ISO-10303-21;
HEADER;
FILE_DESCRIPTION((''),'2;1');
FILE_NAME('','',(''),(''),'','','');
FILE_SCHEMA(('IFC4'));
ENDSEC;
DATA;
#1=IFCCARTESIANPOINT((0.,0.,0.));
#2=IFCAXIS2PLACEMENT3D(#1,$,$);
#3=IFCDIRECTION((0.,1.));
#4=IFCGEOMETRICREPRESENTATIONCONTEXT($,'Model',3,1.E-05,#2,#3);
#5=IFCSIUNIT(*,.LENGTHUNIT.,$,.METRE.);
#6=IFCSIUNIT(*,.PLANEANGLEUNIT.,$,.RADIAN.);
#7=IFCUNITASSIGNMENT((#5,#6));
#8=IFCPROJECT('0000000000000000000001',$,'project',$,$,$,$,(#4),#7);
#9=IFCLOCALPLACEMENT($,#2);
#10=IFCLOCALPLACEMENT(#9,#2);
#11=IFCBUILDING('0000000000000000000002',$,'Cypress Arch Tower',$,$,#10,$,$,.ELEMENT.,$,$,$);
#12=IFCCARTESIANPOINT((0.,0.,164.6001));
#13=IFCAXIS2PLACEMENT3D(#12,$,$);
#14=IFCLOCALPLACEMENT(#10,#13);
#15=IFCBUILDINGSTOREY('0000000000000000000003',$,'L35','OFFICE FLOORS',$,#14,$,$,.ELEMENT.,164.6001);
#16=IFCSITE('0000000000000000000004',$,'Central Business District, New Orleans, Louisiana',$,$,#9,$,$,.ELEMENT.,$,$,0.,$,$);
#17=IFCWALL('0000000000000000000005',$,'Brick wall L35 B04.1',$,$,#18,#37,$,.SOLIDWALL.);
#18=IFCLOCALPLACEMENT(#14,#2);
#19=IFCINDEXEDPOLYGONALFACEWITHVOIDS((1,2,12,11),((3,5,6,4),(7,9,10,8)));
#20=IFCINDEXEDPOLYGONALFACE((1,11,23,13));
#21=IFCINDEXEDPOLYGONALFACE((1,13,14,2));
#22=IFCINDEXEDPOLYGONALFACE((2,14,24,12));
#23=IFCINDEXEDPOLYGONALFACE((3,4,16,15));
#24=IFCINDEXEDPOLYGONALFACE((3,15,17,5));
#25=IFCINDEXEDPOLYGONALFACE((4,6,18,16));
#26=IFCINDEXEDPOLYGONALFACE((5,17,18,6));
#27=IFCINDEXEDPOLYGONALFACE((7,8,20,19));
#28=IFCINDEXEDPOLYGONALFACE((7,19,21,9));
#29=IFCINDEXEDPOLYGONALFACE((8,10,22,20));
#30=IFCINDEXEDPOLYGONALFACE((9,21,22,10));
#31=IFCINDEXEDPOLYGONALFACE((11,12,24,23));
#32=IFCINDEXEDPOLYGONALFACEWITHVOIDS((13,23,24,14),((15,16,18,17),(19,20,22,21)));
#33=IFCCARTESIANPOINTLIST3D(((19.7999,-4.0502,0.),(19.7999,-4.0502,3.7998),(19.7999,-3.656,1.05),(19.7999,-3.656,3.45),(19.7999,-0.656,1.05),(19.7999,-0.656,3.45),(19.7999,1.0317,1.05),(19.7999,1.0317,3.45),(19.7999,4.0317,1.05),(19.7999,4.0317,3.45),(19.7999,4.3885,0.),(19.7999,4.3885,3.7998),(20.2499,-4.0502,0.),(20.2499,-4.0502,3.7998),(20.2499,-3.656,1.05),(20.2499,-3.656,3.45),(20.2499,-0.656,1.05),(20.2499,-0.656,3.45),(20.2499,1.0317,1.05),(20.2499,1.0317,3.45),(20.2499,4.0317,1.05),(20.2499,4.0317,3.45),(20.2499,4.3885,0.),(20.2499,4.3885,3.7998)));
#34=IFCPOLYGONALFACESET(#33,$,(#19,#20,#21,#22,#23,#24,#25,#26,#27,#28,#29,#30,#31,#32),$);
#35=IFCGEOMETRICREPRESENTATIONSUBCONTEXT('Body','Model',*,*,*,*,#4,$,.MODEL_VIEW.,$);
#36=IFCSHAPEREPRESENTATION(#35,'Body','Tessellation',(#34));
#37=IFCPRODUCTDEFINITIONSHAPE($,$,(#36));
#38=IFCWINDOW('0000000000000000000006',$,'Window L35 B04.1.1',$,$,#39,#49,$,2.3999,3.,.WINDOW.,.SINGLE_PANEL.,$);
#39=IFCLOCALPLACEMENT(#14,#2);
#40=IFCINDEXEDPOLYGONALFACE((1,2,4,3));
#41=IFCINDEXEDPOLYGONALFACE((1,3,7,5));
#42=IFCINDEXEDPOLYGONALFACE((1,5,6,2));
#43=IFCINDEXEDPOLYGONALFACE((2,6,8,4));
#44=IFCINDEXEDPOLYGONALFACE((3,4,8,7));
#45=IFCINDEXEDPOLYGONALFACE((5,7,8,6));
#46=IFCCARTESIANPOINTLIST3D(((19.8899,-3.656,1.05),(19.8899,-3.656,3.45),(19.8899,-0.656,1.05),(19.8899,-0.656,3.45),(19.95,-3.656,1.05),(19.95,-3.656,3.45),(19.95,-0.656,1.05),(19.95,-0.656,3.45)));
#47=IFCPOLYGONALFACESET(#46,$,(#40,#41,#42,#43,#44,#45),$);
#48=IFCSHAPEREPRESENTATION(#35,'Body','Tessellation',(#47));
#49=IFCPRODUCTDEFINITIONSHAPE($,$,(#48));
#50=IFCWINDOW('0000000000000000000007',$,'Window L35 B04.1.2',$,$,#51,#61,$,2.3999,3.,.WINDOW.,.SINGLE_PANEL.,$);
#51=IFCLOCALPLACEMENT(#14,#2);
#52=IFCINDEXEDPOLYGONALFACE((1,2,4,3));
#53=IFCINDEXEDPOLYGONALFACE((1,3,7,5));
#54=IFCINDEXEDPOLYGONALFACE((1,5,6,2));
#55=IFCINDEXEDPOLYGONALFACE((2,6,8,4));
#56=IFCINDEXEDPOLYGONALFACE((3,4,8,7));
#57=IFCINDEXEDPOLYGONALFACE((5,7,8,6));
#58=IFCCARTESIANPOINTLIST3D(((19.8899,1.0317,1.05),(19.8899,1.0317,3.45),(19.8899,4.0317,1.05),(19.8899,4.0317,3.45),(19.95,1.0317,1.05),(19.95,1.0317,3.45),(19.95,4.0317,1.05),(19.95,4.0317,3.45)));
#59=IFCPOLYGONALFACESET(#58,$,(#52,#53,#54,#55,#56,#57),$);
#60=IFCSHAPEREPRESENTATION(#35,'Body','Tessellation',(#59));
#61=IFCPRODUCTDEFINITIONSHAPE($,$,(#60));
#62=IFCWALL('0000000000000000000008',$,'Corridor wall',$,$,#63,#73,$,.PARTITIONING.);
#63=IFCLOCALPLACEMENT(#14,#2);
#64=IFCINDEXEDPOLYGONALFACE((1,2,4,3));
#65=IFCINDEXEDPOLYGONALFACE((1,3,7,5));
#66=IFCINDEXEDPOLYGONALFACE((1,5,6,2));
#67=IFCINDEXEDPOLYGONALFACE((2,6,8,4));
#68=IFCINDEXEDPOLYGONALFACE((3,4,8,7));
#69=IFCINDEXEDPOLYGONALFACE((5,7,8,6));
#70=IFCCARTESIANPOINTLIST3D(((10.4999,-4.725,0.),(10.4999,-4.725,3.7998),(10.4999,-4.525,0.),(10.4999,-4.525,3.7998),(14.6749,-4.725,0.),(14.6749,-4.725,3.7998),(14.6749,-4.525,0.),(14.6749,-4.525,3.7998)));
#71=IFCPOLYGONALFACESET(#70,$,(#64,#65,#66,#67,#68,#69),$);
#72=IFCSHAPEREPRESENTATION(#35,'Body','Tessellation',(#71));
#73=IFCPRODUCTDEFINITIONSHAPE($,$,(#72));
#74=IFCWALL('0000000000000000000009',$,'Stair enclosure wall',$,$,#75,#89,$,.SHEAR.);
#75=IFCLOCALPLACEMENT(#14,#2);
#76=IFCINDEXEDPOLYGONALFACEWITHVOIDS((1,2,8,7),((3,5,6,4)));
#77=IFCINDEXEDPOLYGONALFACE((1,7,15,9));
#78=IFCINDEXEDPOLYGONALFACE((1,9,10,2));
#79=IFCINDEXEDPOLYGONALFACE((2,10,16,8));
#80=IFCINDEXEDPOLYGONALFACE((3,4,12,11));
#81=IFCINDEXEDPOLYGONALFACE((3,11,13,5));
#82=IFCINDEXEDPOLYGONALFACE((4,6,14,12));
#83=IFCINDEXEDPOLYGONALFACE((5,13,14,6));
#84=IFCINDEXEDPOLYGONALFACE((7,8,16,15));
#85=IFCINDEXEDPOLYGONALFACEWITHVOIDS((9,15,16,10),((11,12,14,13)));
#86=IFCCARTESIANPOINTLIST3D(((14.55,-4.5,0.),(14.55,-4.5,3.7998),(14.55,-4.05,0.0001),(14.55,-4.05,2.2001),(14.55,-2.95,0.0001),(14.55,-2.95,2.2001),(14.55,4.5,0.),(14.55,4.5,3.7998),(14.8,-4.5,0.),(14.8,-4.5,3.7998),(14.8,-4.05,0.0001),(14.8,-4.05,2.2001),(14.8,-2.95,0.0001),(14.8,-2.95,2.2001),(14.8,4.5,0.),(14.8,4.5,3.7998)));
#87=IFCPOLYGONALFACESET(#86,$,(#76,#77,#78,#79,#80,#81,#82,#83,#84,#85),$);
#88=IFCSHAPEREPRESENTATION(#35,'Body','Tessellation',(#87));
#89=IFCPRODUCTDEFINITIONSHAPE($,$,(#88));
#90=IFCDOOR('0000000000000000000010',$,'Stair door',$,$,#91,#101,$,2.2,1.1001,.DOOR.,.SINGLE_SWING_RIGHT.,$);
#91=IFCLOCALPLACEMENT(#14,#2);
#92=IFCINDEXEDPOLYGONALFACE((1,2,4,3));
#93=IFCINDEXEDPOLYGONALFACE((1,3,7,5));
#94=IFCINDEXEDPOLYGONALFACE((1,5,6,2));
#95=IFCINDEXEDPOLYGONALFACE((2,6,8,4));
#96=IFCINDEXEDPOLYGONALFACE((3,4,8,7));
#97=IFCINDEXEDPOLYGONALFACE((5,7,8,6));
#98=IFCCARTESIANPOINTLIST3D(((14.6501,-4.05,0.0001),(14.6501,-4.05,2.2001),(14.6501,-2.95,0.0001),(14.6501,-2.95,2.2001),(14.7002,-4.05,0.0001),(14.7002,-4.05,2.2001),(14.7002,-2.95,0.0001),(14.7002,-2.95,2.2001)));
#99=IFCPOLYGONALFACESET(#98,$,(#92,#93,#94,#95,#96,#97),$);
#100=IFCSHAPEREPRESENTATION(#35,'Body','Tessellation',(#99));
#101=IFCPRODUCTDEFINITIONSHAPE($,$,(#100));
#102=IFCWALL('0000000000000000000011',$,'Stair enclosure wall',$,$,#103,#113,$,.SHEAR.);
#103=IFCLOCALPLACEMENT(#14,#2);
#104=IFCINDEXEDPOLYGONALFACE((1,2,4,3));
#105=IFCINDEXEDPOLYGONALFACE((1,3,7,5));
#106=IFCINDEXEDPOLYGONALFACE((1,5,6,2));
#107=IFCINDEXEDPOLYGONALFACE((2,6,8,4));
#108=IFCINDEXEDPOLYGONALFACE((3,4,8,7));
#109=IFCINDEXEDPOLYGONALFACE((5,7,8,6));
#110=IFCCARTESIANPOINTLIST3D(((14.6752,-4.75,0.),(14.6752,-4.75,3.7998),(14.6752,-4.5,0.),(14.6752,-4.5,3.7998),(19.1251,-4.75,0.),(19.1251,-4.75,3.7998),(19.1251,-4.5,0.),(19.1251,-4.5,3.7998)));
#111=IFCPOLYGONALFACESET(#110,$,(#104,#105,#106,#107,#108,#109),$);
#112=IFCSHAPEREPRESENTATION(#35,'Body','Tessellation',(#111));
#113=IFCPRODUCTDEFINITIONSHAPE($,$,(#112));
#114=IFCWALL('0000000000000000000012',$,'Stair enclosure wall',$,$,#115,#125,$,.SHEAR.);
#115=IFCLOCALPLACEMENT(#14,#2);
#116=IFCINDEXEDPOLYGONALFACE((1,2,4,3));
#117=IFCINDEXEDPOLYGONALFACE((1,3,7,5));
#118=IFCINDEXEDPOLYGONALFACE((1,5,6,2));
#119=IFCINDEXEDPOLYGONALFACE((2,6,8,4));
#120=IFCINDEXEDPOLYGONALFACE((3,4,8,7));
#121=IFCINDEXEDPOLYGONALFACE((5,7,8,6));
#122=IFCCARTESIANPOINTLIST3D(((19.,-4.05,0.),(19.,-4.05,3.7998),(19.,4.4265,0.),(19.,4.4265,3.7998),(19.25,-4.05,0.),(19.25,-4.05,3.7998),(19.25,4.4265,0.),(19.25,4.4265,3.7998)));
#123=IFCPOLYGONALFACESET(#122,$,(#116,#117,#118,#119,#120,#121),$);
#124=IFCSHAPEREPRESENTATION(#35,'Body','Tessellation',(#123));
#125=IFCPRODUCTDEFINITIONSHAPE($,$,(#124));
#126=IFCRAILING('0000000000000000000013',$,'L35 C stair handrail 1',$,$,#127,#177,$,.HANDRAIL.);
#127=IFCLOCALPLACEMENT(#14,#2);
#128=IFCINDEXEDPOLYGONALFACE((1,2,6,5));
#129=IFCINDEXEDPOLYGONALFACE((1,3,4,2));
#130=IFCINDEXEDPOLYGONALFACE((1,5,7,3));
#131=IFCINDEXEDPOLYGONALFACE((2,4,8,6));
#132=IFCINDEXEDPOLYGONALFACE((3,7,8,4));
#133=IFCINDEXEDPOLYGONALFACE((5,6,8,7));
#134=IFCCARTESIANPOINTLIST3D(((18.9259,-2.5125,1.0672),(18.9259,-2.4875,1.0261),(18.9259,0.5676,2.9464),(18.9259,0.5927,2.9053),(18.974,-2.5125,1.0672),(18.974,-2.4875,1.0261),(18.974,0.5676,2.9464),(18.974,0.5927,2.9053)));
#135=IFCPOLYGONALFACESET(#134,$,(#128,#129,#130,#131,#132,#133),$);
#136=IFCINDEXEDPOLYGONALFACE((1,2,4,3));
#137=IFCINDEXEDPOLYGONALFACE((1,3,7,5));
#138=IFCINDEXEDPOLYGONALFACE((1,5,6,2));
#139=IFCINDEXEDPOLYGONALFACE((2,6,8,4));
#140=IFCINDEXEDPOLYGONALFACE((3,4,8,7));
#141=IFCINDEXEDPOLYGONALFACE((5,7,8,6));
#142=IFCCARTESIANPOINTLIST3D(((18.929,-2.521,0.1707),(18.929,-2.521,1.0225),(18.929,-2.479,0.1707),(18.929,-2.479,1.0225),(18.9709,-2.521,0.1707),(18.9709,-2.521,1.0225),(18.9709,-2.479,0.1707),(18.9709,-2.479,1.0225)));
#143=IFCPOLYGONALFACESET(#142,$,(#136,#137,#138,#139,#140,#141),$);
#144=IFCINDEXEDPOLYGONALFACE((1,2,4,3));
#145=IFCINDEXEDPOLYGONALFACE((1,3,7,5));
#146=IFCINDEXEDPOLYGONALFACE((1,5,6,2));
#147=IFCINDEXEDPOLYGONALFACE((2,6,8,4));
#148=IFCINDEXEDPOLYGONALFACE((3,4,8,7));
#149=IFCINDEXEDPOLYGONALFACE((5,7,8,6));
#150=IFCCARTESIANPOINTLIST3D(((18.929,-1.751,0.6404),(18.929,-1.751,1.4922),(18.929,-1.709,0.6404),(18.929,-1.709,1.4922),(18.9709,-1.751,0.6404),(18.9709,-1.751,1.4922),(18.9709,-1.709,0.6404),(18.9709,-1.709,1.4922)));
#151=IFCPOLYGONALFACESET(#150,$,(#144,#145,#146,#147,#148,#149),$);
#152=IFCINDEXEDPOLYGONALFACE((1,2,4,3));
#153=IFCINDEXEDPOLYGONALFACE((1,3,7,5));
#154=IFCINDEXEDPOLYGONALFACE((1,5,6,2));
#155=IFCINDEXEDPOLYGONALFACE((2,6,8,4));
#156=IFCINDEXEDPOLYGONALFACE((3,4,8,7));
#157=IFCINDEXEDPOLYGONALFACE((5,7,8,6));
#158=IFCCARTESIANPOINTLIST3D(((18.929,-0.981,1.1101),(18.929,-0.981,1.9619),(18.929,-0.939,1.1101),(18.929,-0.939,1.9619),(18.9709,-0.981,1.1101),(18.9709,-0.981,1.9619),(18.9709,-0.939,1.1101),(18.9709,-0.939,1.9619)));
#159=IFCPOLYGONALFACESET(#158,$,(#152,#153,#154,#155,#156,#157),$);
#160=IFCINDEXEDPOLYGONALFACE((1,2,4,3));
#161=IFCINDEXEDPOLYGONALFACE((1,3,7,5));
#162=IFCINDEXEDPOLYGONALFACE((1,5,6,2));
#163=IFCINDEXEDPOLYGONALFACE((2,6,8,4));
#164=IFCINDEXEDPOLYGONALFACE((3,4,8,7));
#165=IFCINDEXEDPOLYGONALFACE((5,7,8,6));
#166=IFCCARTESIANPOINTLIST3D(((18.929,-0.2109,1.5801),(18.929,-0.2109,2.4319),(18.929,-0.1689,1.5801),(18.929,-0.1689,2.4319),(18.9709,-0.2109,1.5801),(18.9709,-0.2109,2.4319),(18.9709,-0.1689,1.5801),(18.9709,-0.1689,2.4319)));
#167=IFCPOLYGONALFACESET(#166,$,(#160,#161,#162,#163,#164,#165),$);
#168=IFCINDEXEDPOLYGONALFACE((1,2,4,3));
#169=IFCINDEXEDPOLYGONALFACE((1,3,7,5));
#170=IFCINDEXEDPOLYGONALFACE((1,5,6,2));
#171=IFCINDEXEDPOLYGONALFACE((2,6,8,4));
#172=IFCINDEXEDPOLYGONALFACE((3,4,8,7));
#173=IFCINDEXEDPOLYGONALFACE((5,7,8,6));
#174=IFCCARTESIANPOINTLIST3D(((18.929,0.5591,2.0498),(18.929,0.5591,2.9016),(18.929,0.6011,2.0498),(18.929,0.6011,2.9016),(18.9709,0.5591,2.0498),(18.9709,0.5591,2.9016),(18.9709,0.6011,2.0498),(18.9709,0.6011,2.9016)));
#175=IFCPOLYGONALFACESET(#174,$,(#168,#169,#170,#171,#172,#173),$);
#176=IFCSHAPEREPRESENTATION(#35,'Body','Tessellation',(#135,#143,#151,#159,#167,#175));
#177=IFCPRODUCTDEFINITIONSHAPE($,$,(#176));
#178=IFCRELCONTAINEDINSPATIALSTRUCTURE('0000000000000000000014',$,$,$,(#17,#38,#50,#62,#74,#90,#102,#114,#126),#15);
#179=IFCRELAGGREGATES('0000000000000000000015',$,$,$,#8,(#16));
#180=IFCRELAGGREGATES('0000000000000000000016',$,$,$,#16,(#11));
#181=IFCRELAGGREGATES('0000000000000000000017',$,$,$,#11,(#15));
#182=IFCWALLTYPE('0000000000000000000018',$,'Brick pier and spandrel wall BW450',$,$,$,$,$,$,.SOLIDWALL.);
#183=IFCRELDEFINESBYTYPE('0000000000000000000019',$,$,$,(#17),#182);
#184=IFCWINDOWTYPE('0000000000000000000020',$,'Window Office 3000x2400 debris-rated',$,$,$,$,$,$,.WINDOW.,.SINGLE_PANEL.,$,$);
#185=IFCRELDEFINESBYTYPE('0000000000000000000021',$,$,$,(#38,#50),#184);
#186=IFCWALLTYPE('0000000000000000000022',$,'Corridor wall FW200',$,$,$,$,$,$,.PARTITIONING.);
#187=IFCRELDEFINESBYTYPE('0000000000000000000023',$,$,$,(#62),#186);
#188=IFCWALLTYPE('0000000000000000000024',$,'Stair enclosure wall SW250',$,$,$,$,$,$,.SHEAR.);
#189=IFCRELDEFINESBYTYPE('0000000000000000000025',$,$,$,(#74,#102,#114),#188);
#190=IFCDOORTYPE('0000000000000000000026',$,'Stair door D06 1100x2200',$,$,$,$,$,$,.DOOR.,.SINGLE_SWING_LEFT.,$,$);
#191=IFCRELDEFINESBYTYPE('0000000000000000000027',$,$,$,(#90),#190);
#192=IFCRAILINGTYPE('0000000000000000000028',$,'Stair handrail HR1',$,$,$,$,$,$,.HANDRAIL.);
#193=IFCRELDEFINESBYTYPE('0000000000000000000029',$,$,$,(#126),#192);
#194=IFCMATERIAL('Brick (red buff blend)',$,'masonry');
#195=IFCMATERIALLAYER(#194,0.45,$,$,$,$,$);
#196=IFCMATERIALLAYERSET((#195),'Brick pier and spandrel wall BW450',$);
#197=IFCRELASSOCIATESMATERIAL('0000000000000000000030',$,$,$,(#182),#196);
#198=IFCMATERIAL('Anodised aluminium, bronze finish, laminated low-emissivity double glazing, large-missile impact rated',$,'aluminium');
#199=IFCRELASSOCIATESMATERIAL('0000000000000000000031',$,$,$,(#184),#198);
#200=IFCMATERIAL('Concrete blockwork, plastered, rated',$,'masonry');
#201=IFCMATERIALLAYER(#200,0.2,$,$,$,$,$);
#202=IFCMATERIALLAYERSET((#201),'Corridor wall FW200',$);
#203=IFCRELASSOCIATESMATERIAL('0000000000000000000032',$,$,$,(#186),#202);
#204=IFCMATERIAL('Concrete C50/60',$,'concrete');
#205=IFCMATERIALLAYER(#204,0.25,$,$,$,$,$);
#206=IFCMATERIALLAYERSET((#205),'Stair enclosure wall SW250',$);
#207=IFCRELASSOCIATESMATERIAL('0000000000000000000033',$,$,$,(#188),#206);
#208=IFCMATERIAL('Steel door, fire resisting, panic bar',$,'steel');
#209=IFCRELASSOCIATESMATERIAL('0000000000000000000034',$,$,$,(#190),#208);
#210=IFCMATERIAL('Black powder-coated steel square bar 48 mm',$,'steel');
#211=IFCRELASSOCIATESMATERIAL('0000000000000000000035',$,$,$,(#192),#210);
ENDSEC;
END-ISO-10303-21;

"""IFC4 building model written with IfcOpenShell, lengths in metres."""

from ifc_helpers import new_model, si_unit, direction, frame, frame_2d, origin, origin_2d, place, context, subcontext, project, spatial, rectangle, extrude, material, layer, layer_set, type_object, element, fill, save


model = new_model("IFC4")

# Units and contexts
model_context = context("Model", 3, precision=1e-05, world=origin(), true_north=direction((0.0, 1.0)))
body_context = subcontext(model_context, "Body", "Model", "MODEL_VIEW")
ifc_project = project(units=[si_unit("LENGTHUNIT", "METRE"), si_unit("PLANEANGLEUNIT", "RADIAN")], contexts=[model_context])

# Site, building, storey
site_placement = place(None, origin())
site = spatial("IfcSite", under=ifc_project, at=site_placement, Name="Central Business District, New Orleans, Louisiana", CompositionType="ELEMENT", RefElevation=0.0)
building_placement = place(site_placement, origin())
building = spatial("IfcBuilding", under=site, at=building_placement, Name="Cypress Arch Tower", CompositionType="ELEMENT")
storey_placement = place(building_placement, frame((0.0, 0.0, 164.6001)))
storey = spatial("IfcBuildingStorey", under=building, at=storey_placement, Name="L35", Description="OFFICE FLOORS", CompositionType="ELEMENT", Elevation=164.6001)

# Wall, openings, windows
ifc_material_1 = material(Name="Brick (red buff blend)", Category="masonry")
ifc_layer_1 = layer(ifc_material_1, 0.45)
ifc_layer_set_1 = layer_set([ifc_layer_1], Name="Brick pier and spandrel wall BW450")
wall_type_1 = type_object("IfcWallType", Name="Brick pier and spandrel wall BW450", PredefinedType="SOLIDWALL", material=ifc_layer_set_1)
wall_1_placement = place(storey_placement, frame((20.0249, -4.05, 0.0), z_axis=(0.0, 0.0, 1.0), x_axis=(0.0, 1.0, 0.0)))
wall_1 = element("IfcWall", 1, at=wall_1_placement, inside=storey, type_object=wall_type_1, Name="Brick wall L35 B04.1", PredefinedType="SOLIDWALL", context=body_context, shape_type="SweptSolid", body=[
    extrude(rectangle(XDim=8.4387, YDim=0.45, at=frame_2d((4.2192, 0.0))), origin(), (0.0, 0.0, 1.0), 3.7998),
])
opening_1_placement = place(wall_1_placement, frame((0.394, 0.0, 1.05)))
opening_1 = element("IfcOpeningElement", 2, at=opening_1_placement, cuts=wall_1, PredefinedType="OPENING", context=body_context, shape_type="SweptSolid", body=[
    extrude(rectangle(XDim=3.0, YDim=2.3999, at=frame_2d((1.5, 1.2))), frame((0.0, 0.2349, 0.0), z_axis=(0.0, -1.0, 0.0), x_axis=(1.0, 0.0, 0.0)), (0.0, 0.0, 1.0), 0.47),
])
opening_2_placement = place(wall_1_placement, frame((5.0818, 0.0, 1.05)))
opening_2 = element("IfcOpeningElement", 3, at=opening_2_placement, cuts=wall_1, PredefinedType="OPENING", context=body_context, shape_type="SweptSolid", body=[
    extrude(rectangle(XDim=3.0, YDim=2.3999, at=frame_2d((1.5, 1.2))), frame((0.0, 0.2349, 0.0), z_axis=(0.0, -1.0, 0.0), x_axis=(1.0, 0.0, 0.0)), (0.0, 0.0, 1.0), 0.47),
])
ifc_material_2 = material(Name="Anodised aluminium, bronze finish, laminated low-emissivity double glazing, large-missile impact rated", Category="aluminium")
window_type = type_object("IfcWindowType", Name="Window Office 3000x2400 debris-rated", PartitioningType="SINGLE_PANEL", PredefinedType="WINDOW", material=ifc_material_2)
window_1_placement = place(opening_1_placement, origin())
window_1 = element("IfcWindow", 4, at=window_1_placement, inside=storey, type_object=window_type, Name="Window L35 B04.1.1", OverallHeight=2.3999, OverallWidth=3.0, PartitioningType="SINGLE_PANEL", PredefinedType="WINDOW", context=body_context, shape_type="SweptSolid", body=[
    extrude(rectangle(XDim=3.0, YDim=2.3999, at=frame_2d((1.5, 1.2))), frame((0.0, 0.135, 0.0), z_axis=(0.0, -1.0, 0.0), x_axis=(1.0, 0.0, 0.0)), (0.0, 0.0, 1.0), 0.0601),
])
fill(opening_1, window_1)
window_2_placement = place(opening_2_placement, origin())
window_2 = element("IfcWindow", 5, at=window_2_placement, inside=storey, type_object=window_type, Name="Window L35 B04.1.2", OverallHeight=2.3999, OverallWidth=3.0, PartitioningType="SINGLE_PANEL", PredefinedType="WINDOW", context=body_context, shape_type="SweptSolid", body=[
    extrude(rectangle(XDim=3.0, YDim=2.3999, at=frame_2d((1.5, 1.2))), frame((0.0, 0.135, 0.0), z_axis=(0.0, -1.0, 0.0), x_axis=(1.0, 0.0, 0.0)), (0.0, 0.0, 1.0), 0.0601),
])
fill(opening_2, window_2)

# Wall
ifc_material_3 = material(Name="Concrete blockwork, plastered, rated", Category="masonry")
ifc_layer_2 = layer(ifc_material_3, 0.2)
ifc_layer_set_2 = layer_set([ifc_layer_2], Name="Corridor wall FW200")
wall_type_2 = type_object("IfcWallType", Name="Corridor wall FW200", PredefinedType="PARTITIONING", material=ifc_layer_set_2)
wall_2_placement = place(storey_placement, frame((10.5, -4.625, 0.0), z_axis=(0.0, 0.0, 1.0), x_axis=(1.0, 0.0, 0.0)))
element("IfcWall", 6, at=wall_2_placement, inside=storey, type_object=wall_type_2, Name="Corridor wall", PredefinedType="PARTITIONING", context=body_context, shape_type="SweptSolid", body=[
    extrude(rectangle(XDim=4.175, YDim=0.2, at=frame_2d((2.0874, 0.0))), origin(), (0.0, 0.0, 1.0), 3.7998),
])

# Wall, opening, door
ifc_material_4 = material(Name="Concrete C50/60", Category="concrete")
ifc_layer_3 = layer(ifc_material_4, 0.25)
ifc_layer_set_3 = layer_set([ifc_layer_3], Name="Stair enclosure wall SW250")
wall_type_3 = type_object("IfcWallType", Name="Stair enclosure wall SW250", PredefinedType="SHEAR", material=ifc_layer_set_3)
wall_3_placement = place(storey_placement, frame((14.675, -4.5, 0.0), z_axis=(0.0, 0.0, 1.0), x_axis=(0.0, 1.0, 0.0)))
wall_3 = element("IfcWall", 7, at=wall_3_placement, inside=storey, type_object=wall_type_3, Name="Stair enclosure wall", PredefinedType="SHEAR", context=body_context, shape_type="SweptSolid", body=[
    extrude(rectangle(XDim=9.0, YDim=0.25, at=frame_2d((4.5, 0.0))), origin(), (0.0, 0.0, 1.0), 3.7998),
])
opening_3_placement = place(wall_3_placement, frame((0.45, 0.0, 0.0)))
opening_3 = element("IfcOpeningElement", 8, at=opening_3_placement, cuts=wall_3, PredefinedType="OPENING", context=body_context, shape_type="SweptSolid", body=[
    extrude(rectangle(XDim=1.1001, YDim=2.2, at=frame_2d((0.55, 1.1001))), frame((0.0, 0.135, 0.0), z_axis=(0.0, -1.0, 0.0), x_axis=(1.0, 0.0, 0.0)), (0.0, 0.0, 1.0), 0.27),
])
ifc_material_5 = material(Name="Steel door, fire resisting, panic bar", Category="steel")
door_type = type_object("IfcDoorType", Name="Stair door D06 1100x2200", OperationType="SINGLE_SWING_LEFT", PredefinedType="DOOR", material=ifc_material_5)
door_placement = place(opening_3_placement, origin())
door = element("IfcDoor", 9, at=door_placement, inside=storey, type_object=door_type, Name="Stair door", OperationType="SINGLE_SWING_RIGHT", OverallHeight=2.2, OverallWidth=1.1001, PredefinedType="DOOR", context=body_context, shape_type="SweptSolid", body=[
    extrude(rectangle(XDim=1.1001, YDim=2.2, at=frame_2d((0.55, 1.1001))), frame((0.0, 0.0249, 0.0), z_axis=(0.0, -1.0, 0.0), x_axis=(1.0, 0.0, 0.0)), (0.0, 0.0, 1.0), 0.05),
])
fill(opening_3, door)

# Walls
wall_4_placement = place(storey_placement, frame((14.675, -4.625, 0.0), z_axis=(0.0, 0.0, 1.0), x_axis=(1.0, 0.0, 0.0)))
element("IfcWall", 10, at=wall_4_placement, inside=storey, type_object=wall_type_3, Name="Stair enclosure wall", PredefinedType="SHEAR", context=body_context, shape_type="SweptSolid", body=[
    extrude(rectangle(XDim=4.45, YDim=0.25, at=frame_2d((2.2251, 0.0))), origin(), (0.0, 0.0, 1.0), 3.7998),
])
wall_5_placement = place(storey_placement, frame((19.125, -4.05, 0.0), z_axis=(0.0, 0.0, 1.0), x_axis=(0.0, 1.0, 0.0)))
element("IfcWall", 11, at=wall_5_placement, inside=storey, type_object=wall_type_3, Name="Stair enclosure wall", PredefinedType="SHEAR", context=body_context, shape_type="SweptSolid", body=[
    extrude(rectangle(XDim=8.4766, YDim=0.25, at=frame_2d((4.2383, 0.0))), origin(), (0.0, 0.0, 1.0), 3.7998),
])

# Railing
ifc_material_6 = material(Name="Black powder-coated steel square bar 48 mm", Category="steel")
railing_type_1 = type_object("IfcRailingType", Name="Stair handrail HR1", PredefinedType="HANDRAIL", material=ifc_material_6)
railing_1_placement = place(storey_placement, frame((18.95, -2.5, 0.1707)))
element("IfcRailing", 12, at=railing_1_placement, inside=storey, type_object=railing_type_1, Name="L35 C stair handrail 1", PredefinedType="HANDRAIL", context=body_context, shape_type="SweptSolid", body=[
    extrude(rectangle(XDim=0.0481, YDim=0.0481, at=origin_2d()), frame((0.0, 0.0, 0.876), z_axis=(0.0, 0.853666, 0.52082), x_axis=(-1.0, 0.0, 0.0)), (0.0, 0.0, 1.0), 3.6082),
    extrude(rectangle(XDim=0.042, YDim=0.042, at=origin_2d()), origin(), (0.0, 0.0, 1.0), 0.8518),
    extrude(rectangle(XDim=0.042, YDim=0.042, at=origin_2d()), frame((0.0, 0.77, 0.4697)), (0.0, 0.0, 1.0), 0.8518),
    extrude(rectangle(XDim=0.042, YDim=0.042, at=origin_2d()), frame((0.0, 1.54, 0.9395)), (0.0, 0.0, 1.0), 0.8518),
    extrude(rectangle(XDim=0.042, YDim=0.042, at=origin_2d()), frame((0.0, 2.3101, 1.4094)), (0.0, 0.0, 1.0), 0.8518),
    extrude(rectangle(XDim=0.042, YDim=0.042, at=origin_2d()), frame((0.0, 3.0801, 1.8792)), (0.0, 0.0, 1.0), 0.8518),
])

save(model, "model.ifc")
